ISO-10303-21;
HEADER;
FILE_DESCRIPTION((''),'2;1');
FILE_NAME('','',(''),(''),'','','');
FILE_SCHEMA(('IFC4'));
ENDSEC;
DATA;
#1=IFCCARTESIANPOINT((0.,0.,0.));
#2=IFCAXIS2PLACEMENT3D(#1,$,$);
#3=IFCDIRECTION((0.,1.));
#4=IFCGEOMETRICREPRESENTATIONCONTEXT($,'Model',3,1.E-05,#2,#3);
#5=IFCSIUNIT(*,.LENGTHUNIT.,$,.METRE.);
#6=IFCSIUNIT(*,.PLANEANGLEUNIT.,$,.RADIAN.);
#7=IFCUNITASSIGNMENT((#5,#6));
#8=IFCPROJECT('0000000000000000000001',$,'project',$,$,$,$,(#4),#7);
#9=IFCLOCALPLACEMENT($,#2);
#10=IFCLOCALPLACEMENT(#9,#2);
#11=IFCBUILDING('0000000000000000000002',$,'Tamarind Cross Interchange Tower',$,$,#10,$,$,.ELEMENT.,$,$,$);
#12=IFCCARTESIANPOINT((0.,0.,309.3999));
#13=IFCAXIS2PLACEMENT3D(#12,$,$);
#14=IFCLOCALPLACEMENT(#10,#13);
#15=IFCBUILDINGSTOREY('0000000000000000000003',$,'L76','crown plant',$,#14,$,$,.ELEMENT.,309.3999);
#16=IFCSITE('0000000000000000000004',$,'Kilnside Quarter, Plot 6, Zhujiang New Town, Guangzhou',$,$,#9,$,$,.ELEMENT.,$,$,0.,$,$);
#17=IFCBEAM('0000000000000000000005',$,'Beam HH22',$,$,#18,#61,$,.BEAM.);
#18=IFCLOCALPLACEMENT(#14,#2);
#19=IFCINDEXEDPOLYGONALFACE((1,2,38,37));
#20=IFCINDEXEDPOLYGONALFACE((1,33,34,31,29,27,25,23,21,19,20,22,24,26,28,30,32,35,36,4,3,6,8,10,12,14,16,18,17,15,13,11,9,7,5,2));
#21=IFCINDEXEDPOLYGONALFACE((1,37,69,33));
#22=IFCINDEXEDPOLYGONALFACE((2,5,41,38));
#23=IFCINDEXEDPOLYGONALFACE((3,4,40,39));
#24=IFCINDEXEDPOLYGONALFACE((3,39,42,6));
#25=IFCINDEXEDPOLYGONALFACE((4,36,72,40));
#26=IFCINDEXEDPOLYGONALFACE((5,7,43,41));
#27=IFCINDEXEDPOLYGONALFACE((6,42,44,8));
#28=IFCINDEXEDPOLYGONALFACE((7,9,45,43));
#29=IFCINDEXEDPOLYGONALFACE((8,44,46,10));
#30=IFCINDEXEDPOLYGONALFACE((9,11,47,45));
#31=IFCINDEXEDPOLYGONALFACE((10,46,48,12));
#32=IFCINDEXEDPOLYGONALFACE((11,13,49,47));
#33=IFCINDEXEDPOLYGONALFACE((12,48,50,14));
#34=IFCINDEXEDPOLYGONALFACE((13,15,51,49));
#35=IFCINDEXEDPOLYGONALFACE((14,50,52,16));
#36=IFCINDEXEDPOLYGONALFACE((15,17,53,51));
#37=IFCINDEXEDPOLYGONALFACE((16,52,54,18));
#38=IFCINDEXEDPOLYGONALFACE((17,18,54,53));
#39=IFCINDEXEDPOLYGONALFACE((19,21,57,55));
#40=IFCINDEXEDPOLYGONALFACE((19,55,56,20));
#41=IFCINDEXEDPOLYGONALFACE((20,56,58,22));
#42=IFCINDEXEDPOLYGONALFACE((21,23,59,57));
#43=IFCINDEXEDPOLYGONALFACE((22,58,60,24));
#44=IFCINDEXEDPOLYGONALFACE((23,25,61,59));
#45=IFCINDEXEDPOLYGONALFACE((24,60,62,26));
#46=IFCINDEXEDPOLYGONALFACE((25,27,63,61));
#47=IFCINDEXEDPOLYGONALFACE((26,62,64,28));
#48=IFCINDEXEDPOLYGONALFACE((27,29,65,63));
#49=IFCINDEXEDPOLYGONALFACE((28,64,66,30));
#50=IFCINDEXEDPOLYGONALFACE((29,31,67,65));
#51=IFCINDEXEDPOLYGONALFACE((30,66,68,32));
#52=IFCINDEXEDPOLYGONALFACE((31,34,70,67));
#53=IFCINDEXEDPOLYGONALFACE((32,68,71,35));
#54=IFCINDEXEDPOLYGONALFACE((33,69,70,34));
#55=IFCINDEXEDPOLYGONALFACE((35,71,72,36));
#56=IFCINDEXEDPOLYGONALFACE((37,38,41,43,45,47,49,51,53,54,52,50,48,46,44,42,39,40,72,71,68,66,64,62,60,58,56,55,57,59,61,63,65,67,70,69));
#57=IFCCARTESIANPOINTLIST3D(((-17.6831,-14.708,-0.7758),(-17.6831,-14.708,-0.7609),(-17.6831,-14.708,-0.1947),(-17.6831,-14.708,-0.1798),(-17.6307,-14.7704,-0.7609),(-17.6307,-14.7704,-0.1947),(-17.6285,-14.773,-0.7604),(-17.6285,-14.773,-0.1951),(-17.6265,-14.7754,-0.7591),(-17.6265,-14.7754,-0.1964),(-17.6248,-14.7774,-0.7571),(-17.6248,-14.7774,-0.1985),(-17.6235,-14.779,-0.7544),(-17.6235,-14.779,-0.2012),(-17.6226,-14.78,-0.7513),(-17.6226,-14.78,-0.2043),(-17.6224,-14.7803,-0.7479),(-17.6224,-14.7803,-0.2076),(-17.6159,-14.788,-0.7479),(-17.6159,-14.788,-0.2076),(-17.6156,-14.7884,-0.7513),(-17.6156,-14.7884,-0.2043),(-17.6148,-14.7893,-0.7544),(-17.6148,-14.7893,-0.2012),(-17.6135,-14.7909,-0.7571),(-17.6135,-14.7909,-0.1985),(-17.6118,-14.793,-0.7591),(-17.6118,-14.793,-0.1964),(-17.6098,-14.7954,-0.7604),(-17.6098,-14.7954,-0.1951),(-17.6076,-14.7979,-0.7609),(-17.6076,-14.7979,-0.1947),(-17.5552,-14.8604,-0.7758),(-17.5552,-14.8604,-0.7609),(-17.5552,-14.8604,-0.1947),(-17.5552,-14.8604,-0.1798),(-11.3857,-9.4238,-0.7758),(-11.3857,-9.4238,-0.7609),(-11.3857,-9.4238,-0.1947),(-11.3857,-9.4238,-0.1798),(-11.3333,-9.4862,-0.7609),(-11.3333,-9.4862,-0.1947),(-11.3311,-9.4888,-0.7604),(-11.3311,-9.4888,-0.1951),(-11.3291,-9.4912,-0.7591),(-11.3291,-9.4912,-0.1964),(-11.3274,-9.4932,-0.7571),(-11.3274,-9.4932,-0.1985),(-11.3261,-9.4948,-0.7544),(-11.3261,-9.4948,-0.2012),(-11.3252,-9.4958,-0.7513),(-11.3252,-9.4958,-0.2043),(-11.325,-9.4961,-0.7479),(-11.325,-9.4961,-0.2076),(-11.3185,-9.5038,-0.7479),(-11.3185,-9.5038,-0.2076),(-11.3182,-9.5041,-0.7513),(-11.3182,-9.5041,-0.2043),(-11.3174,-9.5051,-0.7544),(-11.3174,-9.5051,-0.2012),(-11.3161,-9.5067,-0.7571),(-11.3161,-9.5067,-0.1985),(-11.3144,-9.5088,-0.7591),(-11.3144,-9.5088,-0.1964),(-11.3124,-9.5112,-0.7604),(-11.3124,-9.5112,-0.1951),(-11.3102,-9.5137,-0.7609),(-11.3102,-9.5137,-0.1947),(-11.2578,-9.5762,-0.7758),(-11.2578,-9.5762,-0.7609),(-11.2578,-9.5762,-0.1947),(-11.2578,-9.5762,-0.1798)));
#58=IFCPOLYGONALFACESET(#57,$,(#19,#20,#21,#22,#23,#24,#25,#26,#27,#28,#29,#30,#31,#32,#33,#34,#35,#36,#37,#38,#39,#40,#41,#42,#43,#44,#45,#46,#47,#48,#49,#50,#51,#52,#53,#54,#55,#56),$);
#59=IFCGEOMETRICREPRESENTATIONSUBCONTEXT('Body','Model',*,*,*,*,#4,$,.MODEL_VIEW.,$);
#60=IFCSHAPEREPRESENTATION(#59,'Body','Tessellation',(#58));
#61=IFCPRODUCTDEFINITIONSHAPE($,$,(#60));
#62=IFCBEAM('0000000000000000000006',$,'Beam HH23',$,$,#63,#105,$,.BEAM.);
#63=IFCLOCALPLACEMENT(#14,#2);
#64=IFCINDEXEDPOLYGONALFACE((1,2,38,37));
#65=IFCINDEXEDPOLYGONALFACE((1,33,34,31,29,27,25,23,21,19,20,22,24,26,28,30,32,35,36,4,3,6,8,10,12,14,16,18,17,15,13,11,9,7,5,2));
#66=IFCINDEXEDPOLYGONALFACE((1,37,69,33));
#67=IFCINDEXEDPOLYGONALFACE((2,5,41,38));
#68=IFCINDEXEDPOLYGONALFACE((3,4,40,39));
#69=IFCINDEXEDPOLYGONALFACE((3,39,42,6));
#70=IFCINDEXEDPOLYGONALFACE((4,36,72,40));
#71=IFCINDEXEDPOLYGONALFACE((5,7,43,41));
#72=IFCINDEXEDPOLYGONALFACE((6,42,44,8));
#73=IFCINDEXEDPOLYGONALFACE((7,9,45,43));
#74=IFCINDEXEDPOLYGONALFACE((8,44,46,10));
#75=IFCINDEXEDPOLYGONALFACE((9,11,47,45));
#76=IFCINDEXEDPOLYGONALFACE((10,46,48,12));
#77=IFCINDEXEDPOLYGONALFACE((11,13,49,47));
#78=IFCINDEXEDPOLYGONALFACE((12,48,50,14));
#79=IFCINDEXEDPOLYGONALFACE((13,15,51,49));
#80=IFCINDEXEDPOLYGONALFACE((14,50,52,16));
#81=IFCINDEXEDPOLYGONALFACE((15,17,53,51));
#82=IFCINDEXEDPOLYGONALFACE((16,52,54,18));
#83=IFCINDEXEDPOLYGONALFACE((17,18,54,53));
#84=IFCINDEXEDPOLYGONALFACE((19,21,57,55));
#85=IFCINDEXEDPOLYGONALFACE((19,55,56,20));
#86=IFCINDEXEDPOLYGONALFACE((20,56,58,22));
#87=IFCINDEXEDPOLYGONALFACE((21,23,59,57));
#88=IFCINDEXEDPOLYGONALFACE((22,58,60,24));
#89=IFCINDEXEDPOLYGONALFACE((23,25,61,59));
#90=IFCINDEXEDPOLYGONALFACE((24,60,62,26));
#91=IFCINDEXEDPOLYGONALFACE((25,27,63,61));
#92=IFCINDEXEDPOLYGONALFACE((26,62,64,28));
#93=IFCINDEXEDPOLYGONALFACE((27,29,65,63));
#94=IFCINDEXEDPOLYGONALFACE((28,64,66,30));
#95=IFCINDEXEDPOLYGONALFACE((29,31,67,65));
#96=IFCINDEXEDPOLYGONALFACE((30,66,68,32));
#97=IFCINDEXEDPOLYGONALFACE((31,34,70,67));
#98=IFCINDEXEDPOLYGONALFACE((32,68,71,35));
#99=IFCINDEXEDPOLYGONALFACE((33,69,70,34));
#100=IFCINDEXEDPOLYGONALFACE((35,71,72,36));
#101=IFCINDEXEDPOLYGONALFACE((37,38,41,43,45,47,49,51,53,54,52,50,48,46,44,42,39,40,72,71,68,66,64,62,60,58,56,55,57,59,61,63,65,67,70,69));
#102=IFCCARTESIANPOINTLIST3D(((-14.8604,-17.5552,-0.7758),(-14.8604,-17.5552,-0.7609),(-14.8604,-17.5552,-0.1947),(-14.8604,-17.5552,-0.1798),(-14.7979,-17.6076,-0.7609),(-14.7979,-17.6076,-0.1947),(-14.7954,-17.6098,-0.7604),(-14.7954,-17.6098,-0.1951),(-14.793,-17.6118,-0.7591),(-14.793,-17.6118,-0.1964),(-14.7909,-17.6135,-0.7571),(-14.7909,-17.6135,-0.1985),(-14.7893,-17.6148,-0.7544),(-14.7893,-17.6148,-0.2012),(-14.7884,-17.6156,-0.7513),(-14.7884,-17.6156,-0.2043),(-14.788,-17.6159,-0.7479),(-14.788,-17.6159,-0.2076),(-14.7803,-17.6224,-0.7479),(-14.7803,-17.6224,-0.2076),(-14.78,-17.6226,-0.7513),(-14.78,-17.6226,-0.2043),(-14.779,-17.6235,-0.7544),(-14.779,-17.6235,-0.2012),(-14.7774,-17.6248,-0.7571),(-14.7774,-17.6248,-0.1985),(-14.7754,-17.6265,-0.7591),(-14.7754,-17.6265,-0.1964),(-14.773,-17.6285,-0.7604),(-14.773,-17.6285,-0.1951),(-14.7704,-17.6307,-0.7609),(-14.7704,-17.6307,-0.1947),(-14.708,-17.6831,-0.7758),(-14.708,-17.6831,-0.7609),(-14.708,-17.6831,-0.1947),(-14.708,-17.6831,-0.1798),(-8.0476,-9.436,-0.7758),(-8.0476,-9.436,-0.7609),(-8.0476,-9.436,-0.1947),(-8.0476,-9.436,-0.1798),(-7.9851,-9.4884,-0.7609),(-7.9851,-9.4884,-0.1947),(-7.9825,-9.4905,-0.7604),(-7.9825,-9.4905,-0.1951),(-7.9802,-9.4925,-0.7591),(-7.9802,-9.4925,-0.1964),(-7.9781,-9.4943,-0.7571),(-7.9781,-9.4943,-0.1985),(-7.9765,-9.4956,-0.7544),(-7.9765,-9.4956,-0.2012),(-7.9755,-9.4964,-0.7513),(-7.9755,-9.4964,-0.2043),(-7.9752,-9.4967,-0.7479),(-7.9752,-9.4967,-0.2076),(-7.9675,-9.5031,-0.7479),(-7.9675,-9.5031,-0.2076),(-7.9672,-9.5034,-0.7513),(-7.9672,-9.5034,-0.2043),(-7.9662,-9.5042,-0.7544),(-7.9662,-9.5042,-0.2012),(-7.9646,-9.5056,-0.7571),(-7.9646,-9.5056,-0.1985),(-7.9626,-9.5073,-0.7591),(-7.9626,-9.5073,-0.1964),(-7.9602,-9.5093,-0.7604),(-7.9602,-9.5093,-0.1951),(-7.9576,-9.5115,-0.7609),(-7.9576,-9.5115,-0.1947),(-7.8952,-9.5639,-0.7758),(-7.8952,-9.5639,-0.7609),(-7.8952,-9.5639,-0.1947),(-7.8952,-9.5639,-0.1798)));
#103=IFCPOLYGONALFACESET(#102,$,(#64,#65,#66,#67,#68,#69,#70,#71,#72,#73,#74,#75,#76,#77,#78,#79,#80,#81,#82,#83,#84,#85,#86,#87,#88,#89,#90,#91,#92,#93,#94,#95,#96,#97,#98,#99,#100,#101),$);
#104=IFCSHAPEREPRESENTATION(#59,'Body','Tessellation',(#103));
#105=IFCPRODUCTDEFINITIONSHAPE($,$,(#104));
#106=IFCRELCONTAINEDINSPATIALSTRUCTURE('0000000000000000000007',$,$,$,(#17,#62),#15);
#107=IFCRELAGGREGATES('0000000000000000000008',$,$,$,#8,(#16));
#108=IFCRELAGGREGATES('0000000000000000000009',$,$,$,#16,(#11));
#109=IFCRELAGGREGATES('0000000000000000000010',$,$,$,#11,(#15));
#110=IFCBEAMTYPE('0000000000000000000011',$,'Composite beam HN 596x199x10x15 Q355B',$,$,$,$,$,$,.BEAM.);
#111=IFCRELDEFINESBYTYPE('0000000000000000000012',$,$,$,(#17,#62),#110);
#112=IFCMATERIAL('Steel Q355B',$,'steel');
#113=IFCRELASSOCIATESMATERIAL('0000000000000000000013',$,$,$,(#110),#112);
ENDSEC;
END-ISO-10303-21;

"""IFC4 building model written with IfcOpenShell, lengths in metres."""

from ifc_helpers import new_model, si_unit, direction, frame, origin, origin_2d, place, context, subcontext, project, spatial, i_section, extrude, material, material_profile, profile_set, type_object, element, save


model = new_model("IFC4")

# Units and contexts
model_context = context("Model", 3, precision=1e-05, world=origin(), true_north=direction((0.0, 1.0)))
body_context = subcontext(model_context, "Body", "Model", "MODEL_VIEW")
ifc_project = project(units=[si_unit("LENGTHUNIT", "METRE"), si_unit("PLANEANGLEUNIT", "RADIAN")], contexts=[model_context])

# Site, building, storey
site_placement = place(None, origin())
site = spatial("IfcSite", under=ifc_project, at=site_placement, Name="Kilnside Quarter, Plot 6, Zhujiang New Town, Guangzhou", CompositionType="ELEMENT", RefElevation=0.0)
building_placement = place(site_placement, origin())
building = spatial("IfcBuilding", under=site, at=building_placement, Name="Tamarind Cross Interchange Tower", CompositionType="ELEMENT")
storey_placement = place(building_placement, frame((0.0, 0.0, 309.3999)))
storey = spatial("IfcBuildingStorey", under=building, at=storey_placement, Name="L76", Description="crown plant", CompositionType="ELEMENT", Elevation=309.3999)

# Beams
ifc_material_1 = material(Name="Steel Q355B", Category="steel")
ifc_material_profile_1 = material_profile(ifc_material_1, i_section(OverallWidth=0.199, OverallDepth=0.5959, WebThickness=0.01, FlangeThickness=0.0149, FilletRadius=0.0129, at=origin_2d()), Name="HN 596x199x10x15")
ifc_profile_set_1 = profile_set([ifc_material_profile_1], Name="Steel Q355B")
beam_type = type_object("IfcBeamType", Name="Composite beam HN 596x199x10x15 Q355B", PredefinedType="BEAM", material=ifc_profile_set_1)
beam_1_placement = place(storey_placement, frame((-17.6191, -14.7842, -0.4778), z_axis=(0.766041, 0.642792, 0.0), x_axis=(-0.642792, 0.766041, 0.0)))
element("IfcBeam", 1, at=beam_1_placement, inside=storey, type_object=beam_type, Name="Beam HH22", PredefinedType="BEAM", context=body_context, shape_type="SweptSolid", body=[
    extrude(i_section(OverallWidth=0.199, OverallDepth=0.5959, WebThickness=0.01, FlangeThickness=0.0149, FilletRadius=0.0129, at=origin_2d()), origin(), (0.0, 0.0, 1.0), 8.2207),
])
beam_2_placement = place(storey_placement, frame((-14.7842, -17.6191, -0.4778), z_axis=(0.642786, 0.766046, 0.0), x_axis=(-0.766046, 0.642786, 0.0)))
element("IfcBeam", 2, at=beam_2_placement, inside=storey, type_object=beam_type, Name="Beam HH23", PredefinedType="BEAM", context=body_context, shape_type="SweptSolid", body=[
    extrude(i_section(OverallWidth=0.199, OverallDepth=0.5959, WebThickness=0.01, FlangeThickness=0.0149, FilletRadius=0.0129, at=origin_2d()), origin(), (0.0, 0.0, 1.0), 10.5989),
])

save(model, "model.ifc")
